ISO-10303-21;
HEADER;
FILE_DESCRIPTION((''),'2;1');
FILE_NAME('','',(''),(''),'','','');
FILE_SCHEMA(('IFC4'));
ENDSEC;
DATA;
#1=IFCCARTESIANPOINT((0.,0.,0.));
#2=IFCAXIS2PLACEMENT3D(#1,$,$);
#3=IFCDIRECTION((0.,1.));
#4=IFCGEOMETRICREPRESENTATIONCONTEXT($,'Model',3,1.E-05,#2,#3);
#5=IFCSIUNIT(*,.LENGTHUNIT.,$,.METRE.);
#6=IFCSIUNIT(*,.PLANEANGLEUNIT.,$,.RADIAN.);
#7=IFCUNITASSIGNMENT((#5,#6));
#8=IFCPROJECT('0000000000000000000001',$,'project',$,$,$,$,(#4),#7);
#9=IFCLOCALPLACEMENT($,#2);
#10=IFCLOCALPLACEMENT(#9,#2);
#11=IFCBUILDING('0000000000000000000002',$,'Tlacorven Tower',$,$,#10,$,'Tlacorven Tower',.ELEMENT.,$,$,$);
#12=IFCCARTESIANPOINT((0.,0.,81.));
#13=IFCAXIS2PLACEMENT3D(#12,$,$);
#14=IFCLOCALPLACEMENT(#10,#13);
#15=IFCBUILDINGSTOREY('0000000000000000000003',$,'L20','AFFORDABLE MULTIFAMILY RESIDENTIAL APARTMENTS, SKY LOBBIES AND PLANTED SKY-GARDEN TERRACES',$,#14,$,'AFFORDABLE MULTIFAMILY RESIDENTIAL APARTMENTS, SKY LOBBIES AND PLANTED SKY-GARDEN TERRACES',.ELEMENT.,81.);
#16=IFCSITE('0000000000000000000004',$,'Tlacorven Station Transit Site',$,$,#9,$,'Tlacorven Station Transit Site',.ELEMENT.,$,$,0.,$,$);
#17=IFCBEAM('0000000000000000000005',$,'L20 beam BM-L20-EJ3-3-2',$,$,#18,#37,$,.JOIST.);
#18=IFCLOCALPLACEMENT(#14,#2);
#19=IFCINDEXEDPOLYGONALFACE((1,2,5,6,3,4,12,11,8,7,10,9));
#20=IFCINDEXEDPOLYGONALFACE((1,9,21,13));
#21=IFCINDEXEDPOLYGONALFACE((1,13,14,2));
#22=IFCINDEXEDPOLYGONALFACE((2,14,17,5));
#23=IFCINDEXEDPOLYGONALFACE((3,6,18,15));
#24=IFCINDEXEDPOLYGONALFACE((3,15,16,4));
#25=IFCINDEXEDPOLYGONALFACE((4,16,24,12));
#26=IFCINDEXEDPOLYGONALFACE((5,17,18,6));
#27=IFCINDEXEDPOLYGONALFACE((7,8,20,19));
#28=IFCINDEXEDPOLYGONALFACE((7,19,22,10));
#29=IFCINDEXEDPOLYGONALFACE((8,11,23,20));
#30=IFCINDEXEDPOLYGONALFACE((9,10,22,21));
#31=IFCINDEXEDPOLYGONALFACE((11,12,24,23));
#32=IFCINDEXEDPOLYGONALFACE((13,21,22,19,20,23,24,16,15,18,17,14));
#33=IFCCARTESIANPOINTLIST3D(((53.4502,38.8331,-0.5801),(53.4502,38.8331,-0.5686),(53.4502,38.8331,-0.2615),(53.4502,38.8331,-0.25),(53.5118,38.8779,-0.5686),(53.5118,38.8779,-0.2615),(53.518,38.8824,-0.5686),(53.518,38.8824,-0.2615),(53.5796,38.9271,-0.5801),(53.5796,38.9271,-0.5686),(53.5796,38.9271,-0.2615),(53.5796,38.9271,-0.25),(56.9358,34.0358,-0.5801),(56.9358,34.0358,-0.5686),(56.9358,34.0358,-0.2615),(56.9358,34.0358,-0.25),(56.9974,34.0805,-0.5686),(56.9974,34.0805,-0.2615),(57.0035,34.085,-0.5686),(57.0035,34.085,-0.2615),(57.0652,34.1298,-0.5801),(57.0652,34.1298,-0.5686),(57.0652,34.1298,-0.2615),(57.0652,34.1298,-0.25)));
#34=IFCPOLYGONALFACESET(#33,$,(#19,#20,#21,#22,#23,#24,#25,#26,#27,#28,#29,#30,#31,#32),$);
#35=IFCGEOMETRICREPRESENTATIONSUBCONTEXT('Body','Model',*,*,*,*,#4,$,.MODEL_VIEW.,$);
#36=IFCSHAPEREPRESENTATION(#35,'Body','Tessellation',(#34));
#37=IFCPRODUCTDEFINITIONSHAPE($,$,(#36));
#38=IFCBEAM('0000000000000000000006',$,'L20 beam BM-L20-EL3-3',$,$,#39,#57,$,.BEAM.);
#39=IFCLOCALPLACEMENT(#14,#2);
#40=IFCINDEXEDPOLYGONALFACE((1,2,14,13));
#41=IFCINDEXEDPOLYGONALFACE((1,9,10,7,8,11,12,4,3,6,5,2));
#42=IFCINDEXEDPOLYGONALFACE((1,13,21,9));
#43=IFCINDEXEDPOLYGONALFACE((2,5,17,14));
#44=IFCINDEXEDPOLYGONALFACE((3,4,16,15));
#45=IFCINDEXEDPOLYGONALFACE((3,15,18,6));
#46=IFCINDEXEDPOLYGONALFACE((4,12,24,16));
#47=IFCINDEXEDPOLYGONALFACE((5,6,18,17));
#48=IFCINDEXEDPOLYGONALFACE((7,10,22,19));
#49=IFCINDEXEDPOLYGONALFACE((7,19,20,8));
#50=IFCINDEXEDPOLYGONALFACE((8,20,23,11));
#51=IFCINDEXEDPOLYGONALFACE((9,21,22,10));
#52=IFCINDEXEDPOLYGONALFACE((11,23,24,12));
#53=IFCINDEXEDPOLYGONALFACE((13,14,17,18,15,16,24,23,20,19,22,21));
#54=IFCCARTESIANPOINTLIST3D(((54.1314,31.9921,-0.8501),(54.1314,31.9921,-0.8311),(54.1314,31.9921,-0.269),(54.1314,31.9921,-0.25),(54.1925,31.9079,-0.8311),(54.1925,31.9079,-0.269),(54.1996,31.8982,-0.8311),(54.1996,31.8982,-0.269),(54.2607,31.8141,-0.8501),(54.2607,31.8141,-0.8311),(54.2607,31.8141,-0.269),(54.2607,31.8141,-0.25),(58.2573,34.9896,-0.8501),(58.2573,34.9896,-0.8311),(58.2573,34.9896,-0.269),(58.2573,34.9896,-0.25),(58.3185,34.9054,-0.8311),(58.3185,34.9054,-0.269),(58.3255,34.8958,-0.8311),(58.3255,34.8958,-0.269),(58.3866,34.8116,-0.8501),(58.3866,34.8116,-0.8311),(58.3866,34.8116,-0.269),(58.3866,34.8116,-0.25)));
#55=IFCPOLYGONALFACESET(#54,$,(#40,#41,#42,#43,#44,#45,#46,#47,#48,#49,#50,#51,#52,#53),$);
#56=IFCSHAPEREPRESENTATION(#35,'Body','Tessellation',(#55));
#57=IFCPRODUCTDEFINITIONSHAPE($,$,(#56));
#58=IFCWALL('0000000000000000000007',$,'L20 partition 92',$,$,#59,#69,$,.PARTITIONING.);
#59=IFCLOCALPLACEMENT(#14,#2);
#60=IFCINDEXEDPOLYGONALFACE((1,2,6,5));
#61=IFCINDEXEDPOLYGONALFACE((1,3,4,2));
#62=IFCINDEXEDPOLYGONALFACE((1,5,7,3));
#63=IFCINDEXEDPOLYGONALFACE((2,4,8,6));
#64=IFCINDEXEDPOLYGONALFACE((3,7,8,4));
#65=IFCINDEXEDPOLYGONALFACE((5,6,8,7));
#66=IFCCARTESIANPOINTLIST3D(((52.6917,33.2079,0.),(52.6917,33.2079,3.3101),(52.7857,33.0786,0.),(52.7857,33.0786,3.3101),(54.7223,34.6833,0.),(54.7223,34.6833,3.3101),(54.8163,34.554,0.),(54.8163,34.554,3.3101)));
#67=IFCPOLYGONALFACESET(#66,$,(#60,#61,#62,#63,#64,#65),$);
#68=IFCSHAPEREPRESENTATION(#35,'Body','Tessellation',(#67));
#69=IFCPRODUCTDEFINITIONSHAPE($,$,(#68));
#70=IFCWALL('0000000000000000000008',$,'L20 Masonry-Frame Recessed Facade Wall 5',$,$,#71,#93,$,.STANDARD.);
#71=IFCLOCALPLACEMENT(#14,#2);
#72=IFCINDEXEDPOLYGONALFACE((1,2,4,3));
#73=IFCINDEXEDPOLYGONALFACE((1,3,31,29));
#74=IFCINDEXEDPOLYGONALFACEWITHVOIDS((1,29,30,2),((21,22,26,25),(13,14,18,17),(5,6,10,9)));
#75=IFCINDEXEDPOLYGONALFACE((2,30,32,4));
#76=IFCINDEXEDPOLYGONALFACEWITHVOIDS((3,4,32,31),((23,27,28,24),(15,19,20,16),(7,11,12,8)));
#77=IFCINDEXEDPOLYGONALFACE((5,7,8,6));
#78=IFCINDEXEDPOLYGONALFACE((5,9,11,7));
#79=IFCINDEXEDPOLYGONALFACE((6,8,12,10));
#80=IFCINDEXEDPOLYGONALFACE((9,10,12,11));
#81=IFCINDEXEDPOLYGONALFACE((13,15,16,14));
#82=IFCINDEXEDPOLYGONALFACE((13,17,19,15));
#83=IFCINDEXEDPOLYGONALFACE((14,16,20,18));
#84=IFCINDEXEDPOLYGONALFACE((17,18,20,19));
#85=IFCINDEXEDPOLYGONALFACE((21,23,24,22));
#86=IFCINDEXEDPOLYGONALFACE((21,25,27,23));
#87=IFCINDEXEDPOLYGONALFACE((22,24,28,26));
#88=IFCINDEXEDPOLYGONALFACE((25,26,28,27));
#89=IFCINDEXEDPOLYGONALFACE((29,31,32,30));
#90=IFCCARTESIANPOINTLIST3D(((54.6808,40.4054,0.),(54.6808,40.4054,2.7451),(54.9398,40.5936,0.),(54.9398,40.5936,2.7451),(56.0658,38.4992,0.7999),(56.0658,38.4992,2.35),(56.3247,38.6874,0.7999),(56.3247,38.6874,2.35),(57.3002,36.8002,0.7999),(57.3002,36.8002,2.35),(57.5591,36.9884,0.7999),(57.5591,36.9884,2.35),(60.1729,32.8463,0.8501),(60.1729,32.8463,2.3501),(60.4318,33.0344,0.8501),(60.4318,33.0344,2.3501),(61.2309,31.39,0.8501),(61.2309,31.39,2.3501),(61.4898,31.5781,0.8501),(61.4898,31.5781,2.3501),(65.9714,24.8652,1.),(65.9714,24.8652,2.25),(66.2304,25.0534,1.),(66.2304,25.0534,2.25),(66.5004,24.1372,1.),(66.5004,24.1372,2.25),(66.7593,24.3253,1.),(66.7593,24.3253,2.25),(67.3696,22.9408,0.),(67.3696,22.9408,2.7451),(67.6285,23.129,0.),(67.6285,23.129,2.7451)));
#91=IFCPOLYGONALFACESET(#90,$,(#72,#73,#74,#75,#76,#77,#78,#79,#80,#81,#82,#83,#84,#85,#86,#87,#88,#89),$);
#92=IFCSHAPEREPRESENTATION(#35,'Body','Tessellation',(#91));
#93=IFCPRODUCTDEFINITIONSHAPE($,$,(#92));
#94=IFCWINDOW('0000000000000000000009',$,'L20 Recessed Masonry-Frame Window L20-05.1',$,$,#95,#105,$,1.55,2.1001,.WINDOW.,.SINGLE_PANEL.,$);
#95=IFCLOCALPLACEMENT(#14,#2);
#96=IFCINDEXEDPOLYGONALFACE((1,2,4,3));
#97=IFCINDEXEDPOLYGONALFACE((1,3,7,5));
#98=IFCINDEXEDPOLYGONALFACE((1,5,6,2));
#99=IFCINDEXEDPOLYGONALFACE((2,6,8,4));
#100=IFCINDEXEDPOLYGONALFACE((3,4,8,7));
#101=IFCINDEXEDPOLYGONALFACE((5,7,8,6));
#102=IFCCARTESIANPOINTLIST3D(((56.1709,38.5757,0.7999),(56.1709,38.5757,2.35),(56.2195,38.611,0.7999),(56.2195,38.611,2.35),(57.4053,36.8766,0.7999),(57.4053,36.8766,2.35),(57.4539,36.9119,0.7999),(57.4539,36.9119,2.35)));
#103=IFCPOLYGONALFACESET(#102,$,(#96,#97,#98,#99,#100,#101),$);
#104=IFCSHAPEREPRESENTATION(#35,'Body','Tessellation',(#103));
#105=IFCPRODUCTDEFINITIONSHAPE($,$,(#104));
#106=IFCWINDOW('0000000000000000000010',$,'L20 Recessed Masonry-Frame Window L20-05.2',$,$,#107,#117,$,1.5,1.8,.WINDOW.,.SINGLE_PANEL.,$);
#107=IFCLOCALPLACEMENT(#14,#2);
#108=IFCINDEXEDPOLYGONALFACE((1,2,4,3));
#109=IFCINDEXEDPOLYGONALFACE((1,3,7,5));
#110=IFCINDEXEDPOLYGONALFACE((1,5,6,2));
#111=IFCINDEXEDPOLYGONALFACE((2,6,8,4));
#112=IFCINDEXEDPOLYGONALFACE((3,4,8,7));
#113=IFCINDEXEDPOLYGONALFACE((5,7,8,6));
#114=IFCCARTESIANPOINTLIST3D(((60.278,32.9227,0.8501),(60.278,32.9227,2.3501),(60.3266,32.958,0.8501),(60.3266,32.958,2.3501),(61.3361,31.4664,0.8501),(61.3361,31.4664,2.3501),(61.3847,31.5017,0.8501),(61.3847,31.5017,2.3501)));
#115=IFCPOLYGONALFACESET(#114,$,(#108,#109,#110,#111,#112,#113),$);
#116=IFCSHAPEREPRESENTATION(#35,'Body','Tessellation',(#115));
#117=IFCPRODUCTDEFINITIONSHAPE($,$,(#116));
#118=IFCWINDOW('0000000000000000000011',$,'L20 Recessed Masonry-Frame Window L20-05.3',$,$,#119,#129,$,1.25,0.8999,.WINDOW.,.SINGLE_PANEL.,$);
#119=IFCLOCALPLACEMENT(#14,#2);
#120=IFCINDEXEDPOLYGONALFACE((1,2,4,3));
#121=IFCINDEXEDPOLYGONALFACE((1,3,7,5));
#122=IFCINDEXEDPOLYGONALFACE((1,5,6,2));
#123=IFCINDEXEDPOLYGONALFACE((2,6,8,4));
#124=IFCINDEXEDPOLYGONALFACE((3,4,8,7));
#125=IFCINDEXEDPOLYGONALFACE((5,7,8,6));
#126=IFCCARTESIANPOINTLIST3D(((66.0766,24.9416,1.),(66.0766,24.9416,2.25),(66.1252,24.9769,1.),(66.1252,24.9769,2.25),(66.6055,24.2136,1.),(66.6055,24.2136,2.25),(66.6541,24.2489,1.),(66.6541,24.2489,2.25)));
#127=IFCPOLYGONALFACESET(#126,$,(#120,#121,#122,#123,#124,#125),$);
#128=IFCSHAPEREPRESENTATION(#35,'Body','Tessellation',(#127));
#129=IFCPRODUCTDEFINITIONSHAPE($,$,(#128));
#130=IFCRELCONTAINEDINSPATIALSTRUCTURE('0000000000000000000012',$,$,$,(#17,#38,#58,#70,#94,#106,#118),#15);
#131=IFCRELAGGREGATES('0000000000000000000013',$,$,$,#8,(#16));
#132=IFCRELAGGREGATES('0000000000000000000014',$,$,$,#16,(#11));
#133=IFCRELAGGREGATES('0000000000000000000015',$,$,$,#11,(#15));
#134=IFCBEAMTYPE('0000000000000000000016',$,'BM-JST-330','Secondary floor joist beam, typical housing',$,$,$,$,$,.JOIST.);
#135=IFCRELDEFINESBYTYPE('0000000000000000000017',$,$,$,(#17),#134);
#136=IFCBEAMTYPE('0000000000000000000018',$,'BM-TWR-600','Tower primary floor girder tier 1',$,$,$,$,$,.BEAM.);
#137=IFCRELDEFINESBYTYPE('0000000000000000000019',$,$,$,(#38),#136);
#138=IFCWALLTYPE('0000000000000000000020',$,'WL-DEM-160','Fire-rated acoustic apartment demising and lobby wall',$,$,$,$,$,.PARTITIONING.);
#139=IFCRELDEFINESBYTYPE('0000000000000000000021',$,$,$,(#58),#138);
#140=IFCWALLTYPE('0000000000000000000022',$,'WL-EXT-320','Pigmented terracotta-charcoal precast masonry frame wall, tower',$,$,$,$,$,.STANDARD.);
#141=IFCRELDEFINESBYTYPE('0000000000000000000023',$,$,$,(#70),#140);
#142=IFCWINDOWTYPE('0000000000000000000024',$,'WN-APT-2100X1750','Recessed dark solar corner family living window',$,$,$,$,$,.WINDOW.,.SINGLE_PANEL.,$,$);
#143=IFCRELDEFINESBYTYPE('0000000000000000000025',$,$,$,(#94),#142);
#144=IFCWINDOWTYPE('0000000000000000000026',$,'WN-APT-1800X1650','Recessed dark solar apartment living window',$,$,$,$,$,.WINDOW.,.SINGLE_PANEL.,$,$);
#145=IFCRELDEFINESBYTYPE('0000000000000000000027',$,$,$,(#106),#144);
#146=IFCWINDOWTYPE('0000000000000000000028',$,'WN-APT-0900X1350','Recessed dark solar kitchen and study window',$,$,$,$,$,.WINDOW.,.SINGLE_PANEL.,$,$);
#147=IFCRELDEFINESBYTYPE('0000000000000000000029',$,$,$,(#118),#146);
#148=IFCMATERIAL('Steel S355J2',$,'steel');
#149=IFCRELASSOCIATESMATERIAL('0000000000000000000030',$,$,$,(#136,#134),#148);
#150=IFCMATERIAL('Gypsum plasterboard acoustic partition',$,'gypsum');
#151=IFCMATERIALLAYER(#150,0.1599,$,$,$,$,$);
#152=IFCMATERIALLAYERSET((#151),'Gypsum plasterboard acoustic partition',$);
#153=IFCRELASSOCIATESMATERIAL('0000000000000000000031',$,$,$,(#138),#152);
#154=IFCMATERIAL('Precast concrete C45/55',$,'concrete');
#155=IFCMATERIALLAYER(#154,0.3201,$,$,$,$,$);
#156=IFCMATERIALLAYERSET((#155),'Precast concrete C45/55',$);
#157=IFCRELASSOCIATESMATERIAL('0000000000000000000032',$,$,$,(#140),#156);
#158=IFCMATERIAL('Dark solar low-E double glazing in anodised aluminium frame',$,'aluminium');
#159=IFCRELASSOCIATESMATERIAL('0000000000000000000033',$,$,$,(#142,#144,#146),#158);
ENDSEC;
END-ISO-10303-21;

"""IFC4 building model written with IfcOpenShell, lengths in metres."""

from ifc_helpers import new_model, si_unit, direction, frame, frame_2d, origin, origin_2d, place, context, subcontext, project, spatial, rectangle, i_section, extrude, source, transform, mapped, material, layer, layer_set, material_profile, profile_set, type_object, element, fill, save


model = new_model("IFC4")

# Units and contexts
model_context = context("Model", 3, precision=1e-05, world=origin(), true_north=direction((0.0, 1.0)))
body_context = subcontext(model_context, "Body", "Model", "MODEL_VIEW")
ifc_project = project(units=[si_unit("LENGTHUNIT", "METRE"), si_unit("PLANEANGLEUNIT", "RADIAN")], contexts=[model_context])

# Site, building, storey
site_placement = place(None, origin())
site = spatial("IfcSite", under=ifc_project, at=site_placement, Name="Tlacorven Station Transit Site", LongName="Tlacorven Station Transit Site", CompositionType="ELEMENT", RefElevation=0.0)
building_placement = place(site_placement, origin())
building = spatial("IfcBuilding", under=site, at=building_placement, Name="Tlacorven Tower", LongName="Tlacorven Tower", CompositionType="ELEMENT")
storey_placement = place(building_placement, frame((0.0, 0.0, 81.0)))
storey = spatial("IfcBuildingStorey", under=building, at=storey_placement, Name="L20", Description="AFFORDABLE MULTIFAMILY RESIDENTIAL APARTMENTS, SKY LOBBIES AND PLANTED SKY-GARDEN TERRACES", LongName="AFFORDABLE MULTIFAMILY RESIDENTIAL APARTMENTS, SKY LOBBIES AND PLANTED SKY-GARDEN TERRACES", CompositionType="ELEMENT", Elevation=81.0)

# Beams
ifc_material_1 = material(Name="Steel S355J2", Category="steel")
ifc_material_profile_1 = material_profile(ifc_material_1, i_section(OverallWidth=0.22, OverallDepth=0.6001, WebThickness=0.012, FlangeThickness=0.019, at=origin_2d()), Name="IPE 600")
ifc_profile_set_1 = profile_set([ifc_material_profile_1], Name="Steel S355J2")
beam_type_1 = type_object("IfcBeamType", Name="BM-TWR-600", Description="Tower primary floor girder tier 1", PredefinedType="BEAM", material=ifc_profile_set_1)
ifc_material_profile_2 = material_profile(ifc_material_1, i_section(OverallWidth=0.1599, OverallDepth=0.3301, WebThickness=0.0076, FlangeThickness=0.0115, at=origin_2d()), Name="IPE 330")
ifc_profile_set_2 = profile_set([ifc_material_profile_2], Name="Steel S355J2")
beam_type_2 = type_object("IfcBeamType", Name="BM-JST-330", Description="Secondary floor joist beam, typical housing", PredefinedType="JOIST", material=ifc_profile_set_2)
shared_shape_1 = source(origin(), body_context, "Body", "SweptSolid", [
    extrude(i_section(OverallWidth=0.1599, OverallDepth=0.3301, WebThickness=0.0076, FlangeThickness=0.0115, at=origin_2d()), origin(), (0.0, 0.0, 1.0), 5.9299),
])
beam_1_placement = place(storey_placement, frame((57.0005, 34.0828, -0.415), z_axis=(-0.587797, 0.809008, 0.0), x_axis=(-0.809008, -0.587797, 0.0)))
element("IfcBeam", 1, at=beam_1_placement, inside=storey, type_object=beam_type_2, Name="L20 beam BM-L20-EJ3-3-2", PredefinedType="JOIST", context=body_context, shape_type="MappedRepresentation", body=[
    mapped(shared_shape_1, transform((0.0, 0.0, 0.0), scale=1.0)),
])
shared_shape_2 = source(origin(), body_context, "Body", "SweptSolid", [
    extrude(i_section(OverallWidth=0.22, OverallDepth=0.6001, WebThickness=0.012, FlangeThickness=0.019, at=origin_2d()), origin(), (0.0, 0.0, 1.0), 5.0999),
])
beam_2_placement = place(storey_placement, frame((54.196, 31.9031, -0.55), z_axis=(0.80903, 0.587767, 0.0), x_axis=(-0.587767, 0.80903, 0.0)))
element("IfcBeam", 2, at=beam_2_placement, inside=storey, type_object=beam_type_1, Name="L20 beam BM-L20-EL3-3", PredefinedType="BEAM", context=body_context, shape_type="MappedRepresentation", body=[
    mapped(shared_shape_2, transform((0.0, 0.0, 0.0), scale=1.0)),
])

# Wall
ifc_material_2 = material(Name="Gypsum plasterboard acoustic partition", Category="gypsum")
ifc_layer_1 = layer(ifc_material_2, 0.1599)
ifc_layer_set_1 = layer_set([ifc_layer_1], Name="Gypsum plasterboard acoustic partition")
wall_type_1 = type_object("IfcWallType", Name="WL-DEM-160", Description="Fire-rated acoustic apartment demising and lobby wall", PredefinedType="PARTITIONING", material=ifc_layer_set_1)
wall_1_placement = place(storey_placement, frame((52.7388, 33.1433, 0.0), z_axis=(0.0, 0.0, 1.0), x_axis=(0.809001, 0.587807, 0.0)))
element("IfcWall", 3, at=wall_1_placement, inside=storey, type_object=wall_type_1, Name="L20 partition 92", PredefinedType="PARTITIONING", context=body_context, shape_type="SweptSolid", body=[
    extrude(rectangle(XDim=2.51, YDim=0.1599, at=frame_2d((1.2549, 0.0))), origin(), (0.0, 0.0, 1.0), 3.3101),
])

# Wall, openings, windows
ifc_material_3 = material(Name="Precast concrete C45/55", Category="concrete")
ifc_layer_2 = layer(ifc_material_3, 0.3201)
ifc_layer_set_2 = layer_set([ifc_layer_2], Name="Precast concrete C45/55")
wall_type_2 = type_object("IfcWallType", Name="WL-EXT-320", Description="Pigmented terracotta-charcoal precast masonry frame wall, tower", PredefinedType="STANDARD", material=ifc_layer_set_2)
wall_2_placement = place(storey_placement, frame((54.8103, 40.4995, 0.0), z_axis=(0.0, 0.0, 1.0), x_axis=(0.587784, -0.809018, 0.0)))
wall_2 = element("IfcWall", 4, at=wall_2_placement, inside=storey, type_object=wall_type_2, Name="L20 Masonry-Frame Recessed Facade Wall 5", PredefinedType="STANDARD", context=body_context, shape_type="SweptSolid", body=[
    extrude(rectangle(XDim=21.5874, YDim=0.3201, at=frame_2d((10.7937, 0.0))), origin(), (0.0, 0.0, 1.0), 2.7451),
])
opening_1_placement = place(wall_2_placement, frame((2.3562, 0.0, 0.8)))
opening_1 = element("IfcOpeningElement", 5, at=opening_1_placement, cuts=wall_2, PredefinedType="OPENING", context=body_context, shape_type="SweptSolid", body=[
    extrude(rectangle(XDim=2.1001, YDim=1.55, at=frame_2d((1.05, 0.7749))), frame((0.0, 0.1699, 0.0), z_axis=(0.0, -1.0, 0.0), x_axis=(1.0, 0.0, 0.0)), (0.0, 0.0, 1.0), 0.3401),
])
opening_2_placement = place(wall_2_placement, frame((9.3438, 0.0, 0.8501)))
opening_2 = element("IfcOpeningElement", 6, at=opening_2_placement, cuts=wall_2, PredefinedType="OPENING", context=body_context, shape_type="SweptSolid", body=[
    extrude(rectangle(XDim=1.8, YDim=1.5, at=frame_2d((0.8999, 0.75))), frame((0.0, 0.1699, 0.0), z_axis=(0.0, -1.0, 0.0), x_axis=(1.0, 0.0, 0.0)), (0.0, 0.0, 1.0), 0.3401),
])
opening_3_placement = place(wall_2_placement, frame((19.2087, 0.0, 1.0)))
opening_3 = element("IfcOpeningElement", 7, at=opening_3_placement, cuts=wall_2, PredefinedType="OPENING", context=body_context, shape_type="SweptSolid", body=[
    extrude(rectangle(XDim=0.8999, YDim=1.25, at=frame_2d((0.45, 0.625))), frame((0.0, 0.1699, 0.0), z_axis=(0.0, -1.0, 0.0), x_axis=(1.0, 0.0, 0.0)), (0.0, 0.0, 1.0), 0.3401),
])
ifc_material_4 = material(Name="Dark solar low-E double glazing in anodised aluminium frame", Category="aluminium")
window_type_1 = type_object("IfcWindowType", Name="WN-APT-2100X1750", Description="Recessed dark solar corner family living window", PartitioningType="SINGLE_PANEL", PredefinedType="WINDOW", material=ifc_material_4)
shared_shape_3 = source(origin(), body_context, "Body", "SweptSolid", [
    extrude(rectangle(XDim=2.1001, YDim=1.55, at=frame_2d((1.05, 0.7749))), frame((0.0, 0.03, 0.0), z_axis=(0.0, -1.0, 0.0), x_axis=(1.0, 0.0, 0.0)), (0.0, 0.0, 1.0), 0.0601),
])
window_1_placement = place(opening_1_placement, origin())
window_1 = element("IfcWindow", 8, at=window_1_placement, inside=storey, type_object=window_type_1, Name="L20 Recessed Masonry-Frame Window L20-05.1", OverallHeight=1.55, OverallWidth=2.1001, PartitioningType="SINGLE_PANEL", PredefinedType="WINDOW", context=body_context, shape_type="MappedRepresentation", body=[
    mapped(shared_shape_3, transform((0.0, 0.0, 0.0), scale=1.0)),
])
fill(opening_1, window_1)
window_type_2 = type_object("IfcWindowType", Name="WN-APT-1800X1650", Description="Recessed dark solar apartment living window", PartitioningType="SINGLE_PANEL", PredefinedType="WINDOW", material=ifc_material_4)
shared_shape_4 = source(origin(), body_context, "Body", "SweptSolid", [
    extrude(rectangle(XDim=1.8, YDim=1.5, at=frame_2d((0.8999, 0.75))), frame((0.0, 0.03, 0.0), z_axis=(0.0, -1.0, 0.0), x_axis=(1.0, 0.0, 0.0)), (0.0, 0.0, 1.0), 0.0601),
])
window_2_placement = place(opening_2_placement, origin())
window_2 = element("IfcWindow", 9, at=window_2_placement, inside=storey, type_object=window_type_2, Name="L20 Recessed Masonry-Frame Window L20-05.2", OverallHeight=1.5, OverallWidth=1.8, PartitioningType="SINGLE_PANEL", PredefinedType="WINDOW", context=body_context, shape_type="MappedRepresentation", body=[
    mapped(shared_shape_4, transform((0.0, 0.0, 0.0), scale=1.0)),
])
fill(opening_2, window_2)
window_type_3 = type_object("IfcWindowType", Name="WN-APT-0900X1350", Description="Recessed dark solar kitchen and study window", PartitioningType="SINGLE_PANEL", PredefinedType="WINDOW", material=ifc_material_4)
shared_shape_5 = source(origin(), body_context, "Body", "SweptSolid", [
    extrude(rectangle(XDim=0.8999, YDim=1.25, at=frame_2d((0.45, 0.625))), frame((0.0, 0.03, 0.0), z_axis=(0.0, -1.0, 0.0), x_axis=(1.0, 0.0, 0.0)), (0.0, 0.0, 1.0), 0.0601),
])
window_3_placement = place(opening_3_placement, origin())
window_3 = element("IfcWindow", 10, at=window_3_placement, inside=storey, type_object=window_type_3, Name="L20 Recessed Masonry-Frame Window L20-05.3", OverallHeight=1.25, OverallWidth=0.8999, PartitioningType="SINGLE_PANEL", PredefinedType="WINDOW", context=body_context, shape_type="MappedRepresentation", body=[
    mapped(shared_shape_5, transform((0.0, 0.0, 0.0), scale=1.0)),
])
fill(opening_3, window_3)

save(model, "model.ifc")
